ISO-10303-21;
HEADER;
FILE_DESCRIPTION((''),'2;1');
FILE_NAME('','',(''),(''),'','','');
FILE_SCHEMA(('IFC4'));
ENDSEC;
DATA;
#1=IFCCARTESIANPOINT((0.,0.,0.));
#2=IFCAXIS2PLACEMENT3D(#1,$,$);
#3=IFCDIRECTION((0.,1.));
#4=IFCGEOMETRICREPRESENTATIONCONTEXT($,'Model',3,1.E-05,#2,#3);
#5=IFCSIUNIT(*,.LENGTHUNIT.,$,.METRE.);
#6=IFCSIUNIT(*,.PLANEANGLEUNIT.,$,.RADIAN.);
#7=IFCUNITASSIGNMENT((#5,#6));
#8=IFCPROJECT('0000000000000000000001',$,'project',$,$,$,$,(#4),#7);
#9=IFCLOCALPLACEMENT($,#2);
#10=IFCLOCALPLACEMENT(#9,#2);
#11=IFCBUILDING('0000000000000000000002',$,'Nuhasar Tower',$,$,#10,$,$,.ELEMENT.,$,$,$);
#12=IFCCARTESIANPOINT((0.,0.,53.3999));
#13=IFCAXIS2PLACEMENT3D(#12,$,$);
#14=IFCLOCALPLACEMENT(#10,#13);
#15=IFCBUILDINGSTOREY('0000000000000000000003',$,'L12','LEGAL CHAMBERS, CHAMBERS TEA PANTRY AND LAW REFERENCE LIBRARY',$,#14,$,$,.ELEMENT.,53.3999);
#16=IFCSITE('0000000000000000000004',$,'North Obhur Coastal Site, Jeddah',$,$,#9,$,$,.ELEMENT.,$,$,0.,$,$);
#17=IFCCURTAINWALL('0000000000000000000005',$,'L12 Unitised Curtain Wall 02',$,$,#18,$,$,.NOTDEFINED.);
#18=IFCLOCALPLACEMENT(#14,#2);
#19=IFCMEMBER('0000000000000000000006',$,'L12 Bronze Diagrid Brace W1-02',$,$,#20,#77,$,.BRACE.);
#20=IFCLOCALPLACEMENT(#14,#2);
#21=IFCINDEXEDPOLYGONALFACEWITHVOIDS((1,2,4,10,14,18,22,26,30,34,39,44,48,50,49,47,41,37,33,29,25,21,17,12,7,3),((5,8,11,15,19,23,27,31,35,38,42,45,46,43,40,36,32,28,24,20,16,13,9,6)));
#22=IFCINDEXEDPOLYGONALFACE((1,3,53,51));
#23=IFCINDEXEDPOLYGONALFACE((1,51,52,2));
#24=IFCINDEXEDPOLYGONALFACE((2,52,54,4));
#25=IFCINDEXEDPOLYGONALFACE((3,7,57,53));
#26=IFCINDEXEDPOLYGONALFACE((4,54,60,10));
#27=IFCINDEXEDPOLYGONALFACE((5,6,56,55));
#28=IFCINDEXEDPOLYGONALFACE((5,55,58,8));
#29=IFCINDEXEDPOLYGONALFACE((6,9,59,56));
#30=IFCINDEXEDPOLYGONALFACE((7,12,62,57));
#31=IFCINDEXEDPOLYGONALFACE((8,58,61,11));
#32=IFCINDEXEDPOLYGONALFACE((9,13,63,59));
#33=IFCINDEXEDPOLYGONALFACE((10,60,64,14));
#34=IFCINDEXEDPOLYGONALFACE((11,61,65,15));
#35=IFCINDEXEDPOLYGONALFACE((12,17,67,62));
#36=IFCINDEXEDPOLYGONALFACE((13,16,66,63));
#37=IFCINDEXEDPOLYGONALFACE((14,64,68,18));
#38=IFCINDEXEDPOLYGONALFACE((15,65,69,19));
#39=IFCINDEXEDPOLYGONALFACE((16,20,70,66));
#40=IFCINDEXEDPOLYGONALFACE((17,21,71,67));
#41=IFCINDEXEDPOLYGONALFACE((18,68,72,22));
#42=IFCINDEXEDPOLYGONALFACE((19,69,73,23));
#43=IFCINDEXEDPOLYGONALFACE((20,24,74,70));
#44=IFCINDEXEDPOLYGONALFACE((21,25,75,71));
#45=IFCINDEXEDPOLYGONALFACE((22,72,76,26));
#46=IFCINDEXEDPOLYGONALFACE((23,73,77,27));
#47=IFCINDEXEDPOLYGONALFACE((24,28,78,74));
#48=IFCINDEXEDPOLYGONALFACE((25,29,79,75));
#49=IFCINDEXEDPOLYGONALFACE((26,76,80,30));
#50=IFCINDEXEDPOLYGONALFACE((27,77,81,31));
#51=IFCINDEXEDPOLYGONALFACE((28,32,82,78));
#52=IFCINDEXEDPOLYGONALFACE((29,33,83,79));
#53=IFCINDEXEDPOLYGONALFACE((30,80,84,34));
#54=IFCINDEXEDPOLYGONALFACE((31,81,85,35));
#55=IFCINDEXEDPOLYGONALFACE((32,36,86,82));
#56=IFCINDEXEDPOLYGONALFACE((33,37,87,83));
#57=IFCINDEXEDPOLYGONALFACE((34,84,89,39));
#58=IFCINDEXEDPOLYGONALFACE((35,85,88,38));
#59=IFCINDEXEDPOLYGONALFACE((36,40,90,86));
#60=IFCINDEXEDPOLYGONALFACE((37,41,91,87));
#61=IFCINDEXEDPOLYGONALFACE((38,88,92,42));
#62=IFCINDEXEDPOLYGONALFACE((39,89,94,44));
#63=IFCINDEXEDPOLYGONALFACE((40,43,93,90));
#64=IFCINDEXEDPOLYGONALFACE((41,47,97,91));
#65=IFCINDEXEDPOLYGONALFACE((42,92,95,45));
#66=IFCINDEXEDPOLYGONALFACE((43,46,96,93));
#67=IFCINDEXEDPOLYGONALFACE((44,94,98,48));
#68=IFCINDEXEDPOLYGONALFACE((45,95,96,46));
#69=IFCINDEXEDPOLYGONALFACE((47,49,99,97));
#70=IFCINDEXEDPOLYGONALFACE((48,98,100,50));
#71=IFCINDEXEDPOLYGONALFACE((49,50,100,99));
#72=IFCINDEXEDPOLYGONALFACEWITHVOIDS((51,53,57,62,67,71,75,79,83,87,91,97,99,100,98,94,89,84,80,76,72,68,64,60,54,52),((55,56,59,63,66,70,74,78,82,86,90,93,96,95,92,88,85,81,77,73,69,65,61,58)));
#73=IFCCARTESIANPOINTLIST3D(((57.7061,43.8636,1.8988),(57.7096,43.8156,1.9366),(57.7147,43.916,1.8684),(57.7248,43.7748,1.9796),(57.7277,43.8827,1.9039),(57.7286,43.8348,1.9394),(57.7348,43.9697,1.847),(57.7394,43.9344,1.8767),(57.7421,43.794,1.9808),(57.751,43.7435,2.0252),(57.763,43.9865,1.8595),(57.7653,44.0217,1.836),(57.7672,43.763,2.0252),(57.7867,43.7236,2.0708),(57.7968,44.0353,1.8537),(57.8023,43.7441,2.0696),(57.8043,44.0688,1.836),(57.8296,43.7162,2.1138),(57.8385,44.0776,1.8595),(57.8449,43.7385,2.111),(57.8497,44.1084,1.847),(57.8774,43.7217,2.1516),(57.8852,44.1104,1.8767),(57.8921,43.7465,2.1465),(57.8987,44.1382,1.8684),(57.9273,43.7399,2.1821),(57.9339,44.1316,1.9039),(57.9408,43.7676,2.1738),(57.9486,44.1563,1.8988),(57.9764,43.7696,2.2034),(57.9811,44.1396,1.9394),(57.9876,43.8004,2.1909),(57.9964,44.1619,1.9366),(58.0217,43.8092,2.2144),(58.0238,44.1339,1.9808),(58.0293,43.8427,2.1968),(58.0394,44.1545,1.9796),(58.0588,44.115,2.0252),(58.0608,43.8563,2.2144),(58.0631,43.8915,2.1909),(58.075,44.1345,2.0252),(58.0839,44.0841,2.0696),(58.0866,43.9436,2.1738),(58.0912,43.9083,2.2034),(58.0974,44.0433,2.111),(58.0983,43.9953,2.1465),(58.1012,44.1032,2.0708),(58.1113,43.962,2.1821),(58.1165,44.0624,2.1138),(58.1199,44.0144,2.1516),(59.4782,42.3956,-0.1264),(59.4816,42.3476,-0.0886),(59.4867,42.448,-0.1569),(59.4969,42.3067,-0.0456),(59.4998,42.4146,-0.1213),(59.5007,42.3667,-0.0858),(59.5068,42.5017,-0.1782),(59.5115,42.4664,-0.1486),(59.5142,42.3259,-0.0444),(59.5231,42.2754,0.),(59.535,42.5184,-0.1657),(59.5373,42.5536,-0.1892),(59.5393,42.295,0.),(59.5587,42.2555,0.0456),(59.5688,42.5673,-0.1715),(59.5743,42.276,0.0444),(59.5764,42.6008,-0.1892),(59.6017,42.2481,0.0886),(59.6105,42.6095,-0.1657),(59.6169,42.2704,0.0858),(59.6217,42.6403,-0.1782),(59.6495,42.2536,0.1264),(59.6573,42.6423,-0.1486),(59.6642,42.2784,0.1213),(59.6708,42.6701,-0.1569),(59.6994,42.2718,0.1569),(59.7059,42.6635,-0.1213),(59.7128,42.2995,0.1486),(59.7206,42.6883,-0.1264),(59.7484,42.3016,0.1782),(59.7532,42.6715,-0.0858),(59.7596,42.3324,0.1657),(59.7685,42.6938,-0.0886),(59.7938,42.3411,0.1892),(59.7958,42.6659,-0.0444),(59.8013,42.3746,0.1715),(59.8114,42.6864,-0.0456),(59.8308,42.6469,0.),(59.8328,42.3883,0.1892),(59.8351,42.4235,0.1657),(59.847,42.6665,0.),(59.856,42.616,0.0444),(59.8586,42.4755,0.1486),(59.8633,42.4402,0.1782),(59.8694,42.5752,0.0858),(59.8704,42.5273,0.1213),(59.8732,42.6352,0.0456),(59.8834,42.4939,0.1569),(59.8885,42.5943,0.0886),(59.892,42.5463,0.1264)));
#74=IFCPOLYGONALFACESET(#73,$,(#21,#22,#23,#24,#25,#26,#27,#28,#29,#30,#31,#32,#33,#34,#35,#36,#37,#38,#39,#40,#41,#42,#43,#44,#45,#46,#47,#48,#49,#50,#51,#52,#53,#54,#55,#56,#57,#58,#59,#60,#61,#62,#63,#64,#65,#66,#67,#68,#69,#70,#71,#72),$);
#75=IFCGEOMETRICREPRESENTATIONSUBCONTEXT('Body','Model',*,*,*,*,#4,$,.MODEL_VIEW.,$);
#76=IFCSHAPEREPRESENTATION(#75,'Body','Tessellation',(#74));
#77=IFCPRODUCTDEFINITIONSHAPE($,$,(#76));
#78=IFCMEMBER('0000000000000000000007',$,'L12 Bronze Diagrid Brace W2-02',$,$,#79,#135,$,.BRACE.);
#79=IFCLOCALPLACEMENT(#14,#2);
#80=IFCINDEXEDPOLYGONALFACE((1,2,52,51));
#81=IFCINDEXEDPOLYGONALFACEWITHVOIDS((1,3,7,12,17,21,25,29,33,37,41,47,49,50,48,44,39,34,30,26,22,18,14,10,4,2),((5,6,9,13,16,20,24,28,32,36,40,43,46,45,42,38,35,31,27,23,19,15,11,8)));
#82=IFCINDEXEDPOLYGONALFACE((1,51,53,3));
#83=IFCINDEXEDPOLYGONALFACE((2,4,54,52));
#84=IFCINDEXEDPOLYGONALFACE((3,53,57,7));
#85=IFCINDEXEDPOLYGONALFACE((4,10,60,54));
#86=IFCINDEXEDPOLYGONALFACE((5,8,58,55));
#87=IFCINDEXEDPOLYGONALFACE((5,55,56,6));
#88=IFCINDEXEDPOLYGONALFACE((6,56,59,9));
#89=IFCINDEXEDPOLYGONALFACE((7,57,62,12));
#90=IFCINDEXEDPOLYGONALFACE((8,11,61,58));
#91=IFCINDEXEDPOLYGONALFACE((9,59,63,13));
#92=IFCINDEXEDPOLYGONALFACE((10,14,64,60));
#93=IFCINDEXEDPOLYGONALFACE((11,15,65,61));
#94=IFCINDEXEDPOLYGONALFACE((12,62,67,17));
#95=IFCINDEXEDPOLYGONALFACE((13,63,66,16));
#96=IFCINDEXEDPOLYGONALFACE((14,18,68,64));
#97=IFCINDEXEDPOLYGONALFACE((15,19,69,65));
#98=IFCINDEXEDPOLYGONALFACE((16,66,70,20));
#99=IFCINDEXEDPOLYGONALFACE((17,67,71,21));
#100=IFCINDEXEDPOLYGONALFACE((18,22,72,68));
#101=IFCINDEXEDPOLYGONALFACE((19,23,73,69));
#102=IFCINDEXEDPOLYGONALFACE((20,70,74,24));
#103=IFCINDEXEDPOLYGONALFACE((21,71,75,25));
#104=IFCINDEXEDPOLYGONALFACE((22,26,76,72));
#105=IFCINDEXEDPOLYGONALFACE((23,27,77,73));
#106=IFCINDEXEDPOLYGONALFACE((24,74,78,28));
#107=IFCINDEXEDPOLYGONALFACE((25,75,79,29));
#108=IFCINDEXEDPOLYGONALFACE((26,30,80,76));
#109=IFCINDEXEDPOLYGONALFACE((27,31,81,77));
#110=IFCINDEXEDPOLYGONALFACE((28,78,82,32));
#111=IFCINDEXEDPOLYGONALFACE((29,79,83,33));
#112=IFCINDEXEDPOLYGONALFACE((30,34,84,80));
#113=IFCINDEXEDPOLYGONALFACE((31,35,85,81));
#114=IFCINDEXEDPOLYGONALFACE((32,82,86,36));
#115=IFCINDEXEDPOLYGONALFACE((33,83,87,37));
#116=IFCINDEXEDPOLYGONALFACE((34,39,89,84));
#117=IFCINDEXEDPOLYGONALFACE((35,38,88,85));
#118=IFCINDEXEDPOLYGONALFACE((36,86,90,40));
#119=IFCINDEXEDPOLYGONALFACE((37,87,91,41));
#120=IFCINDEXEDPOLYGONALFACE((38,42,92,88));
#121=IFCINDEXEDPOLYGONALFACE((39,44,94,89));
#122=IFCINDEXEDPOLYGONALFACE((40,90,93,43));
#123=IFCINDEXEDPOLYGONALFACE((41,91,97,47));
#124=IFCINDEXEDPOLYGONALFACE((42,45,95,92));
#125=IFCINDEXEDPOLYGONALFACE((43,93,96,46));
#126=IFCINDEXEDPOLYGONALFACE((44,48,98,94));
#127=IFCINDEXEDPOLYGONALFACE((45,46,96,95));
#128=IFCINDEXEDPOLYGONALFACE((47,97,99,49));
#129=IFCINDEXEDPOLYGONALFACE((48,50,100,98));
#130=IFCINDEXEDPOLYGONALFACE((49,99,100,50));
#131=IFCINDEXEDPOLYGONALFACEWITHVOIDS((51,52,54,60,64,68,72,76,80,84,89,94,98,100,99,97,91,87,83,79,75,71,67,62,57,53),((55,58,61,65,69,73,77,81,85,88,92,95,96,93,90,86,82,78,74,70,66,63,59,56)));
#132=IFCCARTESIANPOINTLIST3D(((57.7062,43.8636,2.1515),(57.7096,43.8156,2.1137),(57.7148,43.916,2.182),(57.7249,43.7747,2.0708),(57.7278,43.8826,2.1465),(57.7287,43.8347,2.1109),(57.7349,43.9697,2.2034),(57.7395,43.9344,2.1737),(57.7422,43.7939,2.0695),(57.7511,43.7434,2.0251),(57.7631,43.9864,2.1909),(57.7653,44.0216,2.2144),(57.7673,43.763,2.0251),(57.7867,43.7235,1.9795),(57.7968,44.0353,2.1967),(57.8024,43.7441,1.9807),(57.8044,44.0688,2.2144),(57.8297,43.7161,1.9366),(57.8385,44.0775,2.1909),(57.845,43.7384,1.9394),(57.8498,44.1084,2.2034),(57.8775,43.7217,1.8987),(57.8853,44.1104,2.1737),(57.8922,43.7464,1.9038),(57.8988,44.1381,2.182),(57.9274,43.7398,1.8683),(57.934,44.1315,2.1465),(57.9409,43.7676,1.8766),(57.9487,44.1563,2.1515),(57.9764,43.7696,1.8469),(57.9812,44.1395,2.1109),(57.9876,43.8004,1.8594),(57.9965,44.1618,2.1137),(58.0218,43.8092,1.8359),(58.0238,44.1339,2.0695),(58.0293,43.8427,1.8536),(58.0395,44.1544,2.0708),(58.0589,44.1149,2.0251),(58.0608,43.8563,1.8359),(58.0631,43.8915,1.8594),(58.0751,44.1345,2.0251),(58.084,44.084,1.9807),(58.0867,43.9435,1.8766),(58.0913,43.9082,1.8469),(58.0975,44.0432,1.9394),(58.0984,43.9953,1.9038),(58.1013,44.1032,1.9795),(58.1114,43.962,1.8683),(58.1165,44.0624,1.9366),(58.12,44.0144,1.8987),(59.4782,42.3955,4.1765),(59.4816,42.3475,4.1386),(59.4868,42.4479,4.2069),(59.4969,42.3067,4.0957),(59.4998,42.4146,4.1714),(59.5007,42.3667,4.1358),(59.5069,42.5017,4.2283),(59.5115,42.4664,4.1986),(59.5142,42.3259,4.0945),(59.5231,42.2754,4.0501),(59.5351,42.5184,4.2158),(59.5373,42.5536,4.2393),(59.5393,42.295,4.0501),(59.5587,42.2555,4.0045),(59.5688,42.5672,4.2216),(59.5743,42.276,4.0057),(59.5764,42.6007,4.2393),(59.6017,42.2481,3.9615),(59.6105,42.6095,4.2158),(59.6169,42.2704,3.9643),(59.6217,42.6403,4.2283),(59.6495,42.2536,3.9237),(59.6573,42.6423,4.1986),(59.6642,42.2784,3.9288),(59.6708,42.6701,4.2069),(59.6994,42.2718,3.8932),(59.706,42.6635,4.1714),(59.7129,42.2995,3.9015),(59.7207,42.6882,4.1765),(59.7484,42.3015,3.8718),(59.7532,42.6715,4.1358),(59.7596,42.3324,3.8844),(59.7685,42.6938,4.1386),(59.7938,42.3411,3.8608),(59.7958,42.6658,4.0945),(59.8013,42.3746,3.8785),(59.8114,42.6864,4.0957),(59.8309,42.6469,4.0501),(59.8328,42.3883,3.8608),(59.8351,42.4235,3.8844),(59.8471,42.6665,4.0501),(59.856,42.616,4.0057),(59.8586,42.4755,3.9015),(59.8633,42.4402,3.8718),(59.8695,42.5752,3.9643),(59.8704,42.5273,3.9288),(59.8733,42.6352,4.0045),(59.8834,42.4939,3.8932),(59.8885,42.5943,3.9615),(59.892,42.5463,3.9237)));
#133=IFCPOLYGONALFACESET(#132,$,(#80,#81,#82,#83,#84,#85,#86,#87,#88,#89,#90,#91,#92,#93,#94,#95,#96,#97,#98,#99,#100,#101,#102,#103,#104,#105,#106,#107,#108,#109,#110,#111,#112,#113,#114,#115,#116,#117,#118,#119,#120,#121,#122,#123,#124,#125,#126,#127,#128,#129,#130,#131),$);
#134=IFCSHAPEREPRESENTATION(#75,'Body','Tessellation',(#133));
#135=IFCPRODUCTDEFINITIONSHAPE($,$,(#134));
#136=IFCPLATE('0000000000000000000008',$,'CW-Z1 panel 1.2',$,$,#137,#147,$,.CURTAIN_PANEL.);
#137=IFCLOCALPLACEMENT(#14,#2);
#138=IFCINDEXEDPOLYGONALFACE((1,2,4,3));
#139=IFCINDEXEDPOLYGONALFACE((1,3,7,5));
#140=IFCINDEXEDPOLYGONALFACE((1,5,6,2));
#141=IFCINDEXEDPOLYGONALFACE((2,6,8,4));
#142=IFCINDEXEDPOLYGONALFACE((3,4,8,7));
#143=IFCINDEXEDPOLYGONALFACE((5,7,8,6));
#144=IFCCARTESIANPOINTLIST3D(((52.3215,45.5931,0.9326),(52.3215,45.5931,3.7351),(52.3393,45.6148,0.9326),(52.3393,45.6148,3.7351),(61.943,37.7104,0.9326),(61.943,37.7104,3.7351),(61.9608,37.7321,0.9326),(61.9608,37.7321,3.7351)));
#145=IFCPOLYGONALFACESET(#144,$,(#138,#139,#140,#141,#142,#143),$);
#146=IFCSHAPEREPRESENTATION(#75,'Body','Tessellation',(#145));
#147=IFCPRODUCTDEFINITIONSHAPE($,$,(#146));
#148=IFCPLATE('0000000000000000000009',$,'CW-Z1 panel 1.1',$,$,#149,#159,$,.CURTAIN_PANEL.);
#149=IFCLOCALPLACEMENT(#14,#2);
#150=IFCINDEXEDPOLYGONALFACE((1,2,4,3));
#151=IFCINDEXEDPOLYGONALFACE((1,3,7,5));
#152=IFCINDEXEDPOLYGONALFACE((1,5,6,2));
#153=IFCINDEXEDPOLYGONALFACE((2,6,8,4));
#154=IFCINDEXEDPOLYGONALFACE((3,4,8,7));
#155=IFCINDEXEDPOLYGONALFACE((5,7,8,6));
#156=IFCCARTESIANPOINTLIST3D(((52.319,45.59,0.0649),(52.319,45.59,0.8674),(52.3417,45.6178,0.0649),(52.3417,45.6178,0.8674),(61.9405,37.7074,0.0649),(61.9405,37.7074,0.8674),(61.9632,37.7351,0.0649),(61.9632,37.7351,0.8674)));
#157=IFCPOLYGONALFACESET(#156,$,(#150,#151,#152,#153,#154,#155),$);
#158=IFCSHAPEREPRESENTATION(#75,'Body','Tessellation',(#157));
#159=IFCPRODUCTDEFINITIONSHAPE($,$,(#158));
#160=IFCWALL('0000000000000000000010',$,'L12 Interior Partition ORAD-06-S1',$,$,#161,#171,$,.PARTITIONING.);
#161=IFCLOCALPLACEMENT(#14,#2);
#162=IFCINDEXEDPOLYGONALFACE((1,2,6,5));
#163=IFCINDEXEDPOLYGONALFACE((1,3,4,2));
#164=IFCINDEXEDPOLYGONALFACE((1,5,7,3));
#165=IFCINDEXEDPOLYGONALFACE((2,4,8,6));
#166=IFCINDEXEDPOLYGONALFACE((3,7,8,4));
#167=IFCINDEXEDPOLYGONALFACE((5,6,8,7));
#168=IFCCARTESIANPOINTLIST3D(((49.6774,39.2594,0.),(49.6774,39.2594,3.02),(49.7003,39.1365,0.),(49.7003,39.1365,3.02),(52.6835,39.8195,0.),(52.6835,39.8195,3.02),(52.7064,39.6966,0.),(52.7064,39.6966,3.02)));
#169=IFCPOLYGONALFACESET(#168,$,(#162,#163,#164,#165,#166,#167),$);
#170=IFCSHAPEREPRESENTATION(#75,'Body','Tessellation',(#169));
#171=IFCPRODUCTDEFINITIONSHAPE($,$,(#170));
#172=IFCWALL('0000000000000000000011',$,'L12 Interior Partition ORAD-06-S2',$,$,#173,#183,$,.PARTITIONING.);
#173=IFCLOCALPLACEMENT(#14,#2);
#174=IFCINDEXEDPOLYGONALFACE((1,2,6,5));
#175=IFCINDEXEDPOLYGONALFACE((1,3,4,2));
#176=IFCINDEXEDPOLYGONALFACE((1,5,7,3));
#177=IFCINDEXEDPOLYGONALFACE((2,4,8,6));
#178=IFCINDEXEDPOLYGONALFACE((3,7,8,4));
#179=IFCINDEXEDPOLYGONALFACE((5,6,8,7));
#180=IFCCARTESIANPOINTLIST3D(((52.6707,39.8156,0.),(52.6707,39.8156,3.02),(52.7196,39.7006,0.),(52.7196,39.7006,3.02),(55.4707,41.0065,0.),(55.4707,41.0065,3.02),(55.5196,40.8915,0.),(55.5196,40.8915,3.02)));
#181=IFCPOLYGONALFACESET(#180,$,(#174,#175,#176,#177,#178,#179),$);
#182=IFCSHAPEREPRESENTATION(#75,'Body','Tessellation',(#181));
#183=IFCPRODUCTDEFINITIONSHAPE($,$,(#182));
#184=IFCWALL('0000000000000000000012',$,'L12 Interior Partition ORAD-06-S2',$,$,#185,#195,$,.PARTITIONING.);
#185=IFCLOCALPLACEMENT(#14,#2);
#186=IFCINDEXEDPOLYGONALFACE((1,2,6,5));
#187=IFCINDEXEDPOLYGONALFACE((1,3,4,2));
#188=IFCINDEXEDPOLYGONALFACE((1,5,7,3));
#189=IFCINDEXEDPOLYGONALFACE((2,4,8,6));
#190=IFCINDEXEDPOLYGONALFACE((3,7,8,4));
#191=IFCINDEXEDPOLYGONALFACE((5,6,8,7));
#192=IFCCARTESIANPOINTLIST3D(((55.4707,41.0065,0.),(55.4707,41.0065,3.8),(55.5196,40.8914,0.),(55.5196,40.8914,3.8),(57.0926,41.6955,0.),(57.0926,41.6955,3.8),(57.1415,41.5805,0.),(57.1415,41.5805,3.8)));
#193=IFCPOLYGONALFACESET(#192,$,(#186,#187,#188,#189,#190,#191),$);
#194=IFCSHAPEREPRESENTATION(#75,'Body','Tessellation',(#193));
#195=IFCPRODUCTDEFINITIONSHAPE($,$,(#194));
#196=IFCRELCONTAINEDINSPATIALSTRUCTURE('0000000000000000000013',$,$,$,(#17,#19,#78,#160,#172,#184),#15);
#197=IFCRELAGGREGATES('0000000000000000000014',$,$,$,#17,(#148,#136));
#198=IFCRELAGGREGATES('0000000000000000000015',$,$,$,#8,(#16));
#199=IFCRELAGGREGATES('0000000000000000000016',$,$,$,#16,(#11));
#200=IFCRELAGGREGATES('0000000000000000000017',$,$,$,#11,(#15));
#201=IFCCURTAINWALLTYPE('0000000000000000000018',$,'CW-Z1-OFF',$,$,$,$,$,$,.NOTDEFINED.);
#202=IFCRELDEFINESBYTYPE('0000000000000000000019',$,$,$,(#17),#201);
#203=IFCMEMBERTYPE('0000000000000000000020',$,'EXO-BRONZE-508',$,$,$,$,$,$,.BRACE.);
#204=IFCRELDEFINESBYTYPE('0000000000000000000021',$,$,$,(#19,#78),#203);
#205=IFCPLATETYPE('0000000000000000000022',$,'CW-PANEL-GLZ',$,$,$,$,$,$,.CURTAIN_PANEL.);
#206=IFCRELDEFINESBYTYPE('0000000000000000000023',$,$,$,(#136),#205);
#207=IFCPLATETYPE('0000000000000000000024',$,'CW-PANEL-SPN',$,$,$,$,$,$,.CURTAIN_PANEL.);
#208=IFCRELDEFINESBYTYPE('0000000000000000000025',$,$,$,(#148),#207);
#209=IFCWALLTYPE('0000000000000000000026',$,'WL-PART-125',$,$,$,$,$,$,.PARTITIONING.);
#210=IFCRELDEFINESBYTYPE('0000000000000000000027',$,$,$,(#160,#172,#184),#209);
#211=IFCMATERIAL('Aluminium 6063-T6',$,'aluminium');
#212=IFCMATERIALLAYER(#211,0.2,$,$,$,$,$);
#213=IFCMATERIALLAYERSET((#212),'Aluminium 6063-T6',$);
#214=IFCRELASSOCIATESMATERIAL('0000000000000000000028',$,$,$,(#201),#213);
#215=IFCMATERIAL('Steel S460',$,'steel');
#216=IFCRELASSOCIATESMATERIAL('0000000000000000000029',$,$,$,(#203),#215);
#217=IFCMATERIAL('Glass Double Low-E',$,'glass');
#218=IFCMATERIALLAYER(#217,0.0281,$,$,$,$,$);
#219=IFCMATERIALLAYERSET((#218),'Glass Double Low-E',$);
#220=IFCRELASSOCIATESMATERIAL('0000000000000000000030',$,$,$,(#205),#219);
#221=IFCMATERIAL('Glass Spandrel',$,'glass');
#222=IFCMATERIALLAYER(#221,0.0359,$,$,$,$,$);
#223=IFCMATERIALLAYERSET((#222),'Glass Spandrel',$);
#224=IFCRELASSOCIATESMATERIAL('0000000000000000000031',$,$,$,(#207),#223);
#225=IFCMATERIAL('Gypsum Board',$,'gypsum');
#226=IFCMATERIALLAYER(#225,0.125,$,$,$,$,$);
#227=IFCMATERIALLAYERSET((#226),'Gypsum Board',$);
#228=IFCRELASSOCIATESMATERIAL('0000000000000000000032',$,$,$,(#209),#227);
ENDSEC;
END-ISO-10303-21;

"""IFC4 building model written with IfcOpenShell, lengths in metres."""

from ifc_helpers import new_model, si_unit, direction, frame, frame_2d, origin, origin_2d, place, context, subcontext, project, spatial, rectangle, hollow_circle, extrude, material, layer, layer_set, material_profile, profile_set, type_object, element, aggregate, save


model = new_model("IFC4")

# Units and contexts
model_context = context("Model", 3, precision=1e-05, world=origin(), true_north=direction((0.0, 1.0)))
body_context = subcontext(model_context, "Body", "Model", "MODEL_VIEW")
ifc_project = project(units=[si_unit("LENGTHUNIT", "METRE"), si_unit("PLANEANGLEUNIT", "RADIAN")], contexts=[model_context])

# Site, building, storey
site_placement = place(None, origin())
site = spatial("IfcSite", under=ifc_project, at=site_placement, Name="North Obhur Coastal Site, Jeddah", CompositionType="ELEMENT", RefElevation=0.0)
building_placement = place(site_placement, origin())
building = spatial("IfcBuilding", under=site, at=building_placement, Name="Nuhasar Tower", CompositionType="ELEMENT")
storey_placement = place(building_placement, frame((0.0, 0.0, 53.3999)))
storey = spatial("IfcBuildingStorey", under=building, at=storey_placement, Name="L12", Description="LEGAL CHAMBERS, CHAMBERS TEA PANTRY AND LAW REFERENCE LIBRARY", CompositionType="ELEMENT", Elevation=53.3999)

# Shared definitions
ifc_material_1 = material(Name="Aluminium 6063-T6", Category="aluminium")
ifc_layer_1 = layer(ifc_material_1, 0.2)
ifc_layer_set_1 = layer_set([ifc_layer_1], Name="Aluminium 6063-T6")
curtain_wall_type = type_object("IfcCurtainWallType", Name="CW-Z1-OFF", PredefinedType="NOTDEFINED", material=ifc_layer_set_1)

# Curtain wall
curtain_wall_1_placement = place(storey_placement, origin())
curtain_wall_1 = element("IfcCurtainWall", 1, at=curtain_wall_1_placement, inside=storey, type_object=curtain_wall_type, Name="L12 Unitised Curtain Wall 02", PredefinedType="NOTDEFINED")

# Members
ifc_material_2 = material(Name="Steel S460", Category="steel")
ifc_material_profile_1 = material_profile(ifc_material_2, hollow_circle(Radius=0.2539, WallThickness=0.0254, at=origin_2d()), Name="HSS508X25.4")
ifc_profile_set_1 = profile_set([ifc_material_profile_1], Name="Steel S460")
member_type_1 = type_object("IfcMemberType", Name="EXO-BRONZE-508", PredefinedType="BRACE", material=ifc_profile_set_1)
member_1_placement = place(storey_placement, frame((59.6851, 42.4709, 0.0), z_axis=(-0.578071, 0.478912, 0.660664), x_axis=(-0.637969, -0.770062, 0.0)))
element("IfcMember", 2, at=member_1_placement, inside=storey, type_object=member_type_1, Name="L12 Bronze Diagrid Brace W1-02", PredefinedType="BRACE", context=body_context, shape_type="SweptSolid", body=[
    extrude(hollow_circle(Radius=0.2539, WallThickness=0.0254, at=origin_2d()), origin(), (0.0, 0.0, 1.0), 3.0654),
])
member_2_placement = place(storey_placement, frame((57.9131, 43.939, 2.0251), z_axis=(0.578102, -0.478937, 0.660619), x_axis=(0.637969, 0.770062, 0.0)))
element("IfcMember", 3, at=member_2_placement, inside=storey, type_object=member_type_1, Name="L12 Bronze Diagrid Brace W2-02", PredefinedType="BRACE", context=body_context, shape_type="SweptSolid", body=[
    extrude(hollow_circle(Radius=0.2539, WallThickness=0.0254, at=origin_2d()), origin(), (0.0, 0.0, 1.0), 3.0652),
])

# Plates
ifc_material_3 = material(Name="Glass Double Low-E", Category="glass")
ifc_layer_2 = layer(ifc_material_3, 0.0281)
ifc_layer_set_2 = layer_set([ifc_layer_2], Name="Glass Double Low-E")
plate_type_1 = type_object("IfcPlateType", Name="CW-PANEL-GLZ", PredefinedType="CURTAIN_PANEL", material=ifc_layer_set_2)
plate_1_placement = place(storey_placement, frame((57.1411, 41.6626, 0.9326), z_axis=(0.0, 0.0, 1.0), x_axis=(-0.773542, 0.633745, 0.0)))
plate_1 = element("IfcPlate", 4, at=plate_1_placement, type_object=plate_type_1, Name="CW-Z1 panel 1.2", PredefinedType="CURTAIN_PANEL", context=body_context, shape_type="SweptSolid", body=[
    extrude(rectangle(XDim=12.4382, YDim=0.0281, at=origin_2d()), origin(), (0.0, 0.0, 1.0), 2.8025),
])
ifc_material_4 = material(Name="Glass Spandrel", Category="glass")
ifc_layer_3 = layer(ifc_material_4, 0.0359)
ifc_layer_set_3 = layer_set([ifc_layer_3], Name="Glass Spandrel")
plate_type_2 = type_object("IfcPlateType", Name="CW-PANEL-SPN", PredefinedType="CURTAIN_PANEL", material=ifc_layer_set_3)
plate_2_placement = place(storey_placement, frame((57.1411, 41.6626, 0.0649), z_axis=(0.0, 0.0, 1.0), x_axis=(-0.773542, 0.633745, 0.0)))
plate_2 = element("IfcPlate", 5, at=plate_2_placement, type_object=plate_type_2, Name="CW-Z1 panel 1.1", PredefinedType="CURTAIN_PANEL", context=body_context, shape_type="SweptSolid", body=[
    extrude(rectangle(XDim=12.4382, YDim=0.0359, at=origin_2d()), origin(), (0.0, 0.0, 1.0), 0.8025),
])
aggregate(curtain_wall_1, [plate_2, plate_1])

# Walls
ifc_material_5 = material(Name="Gypsum Board", Category="gypsum")
ifc_layer_4 = layer(ifc_material_5, 0.125)
ifc_layer_set_4 = layer_set([ifc_layer_4], Name="Gypsum Board")
wall_type = type_object("IfcWallType", Name="WL-PART-125", PredefinedType="PARTITIONING", material=ifc_layer_set_4)
wall_1_placement = place(storey_placement, frame((49.689, 39.198, 0.0), z_axis=(0.0, 0.0, 1.0), x_axis=(0.983084, 0.183156, 0.0)))
element("IfcWall", 6, at=wall_1_placement, inside=storey, type_object=wall_type, Name="L12 Interior Partition ORAD-06-S1", PredefinedType="PARTITIONING", context=body_context, shape_type="SweptSolid", body=[
    extrude(rectangle(XDim=3.0579, YDim=0.125, at=frame_2d((1.5288, 0.0))), origin(), (0.0, 0.0, 1.0), 3.02),
])
wall_2_placement = place(storey_placement, frame((52.6951, 39.7581, 0.0), z_axis=(0.0, 0.0, 1.0), x_axis=(0.920225, 0.39139, 0.0)))
element("IfcWall", 7, at=wall_2_placement, inside=storey, type_object=wall_type, Name="L12 Interior Partition ORAD-06-S2", PredefinedType="PARTITIONING", context=body_context, shape_type="SweptSolid", body=[
    extrude(rectangle(XDim=3.0427, YDim=0.125, at=frame_2d((1.5215, 0.0))), origin(), (0.0, 0.0, 1.0), 3.02),
])
wall_3_placement = place(storey_placement, frame((55.4951, 40.949, 0.0), z_axis=(0.0, 0.0, 1.0), x_axis=(0.920394, 0.390991, 0.0)))
element("IfcWall", 8, at=wall_3_placement, inside=storey, type_object=wall_type, Name="L12 Interior Partition ORAD-06-S2", PredefinedType="PARTITIONING", context=body_context, shape_type="SweptSolid", body=[
    extrude(rectangle(XDim=1.7622, YDim=0.125, at=frame_2d((0.8811, 0.0))), origin(), (0.0, 0.0, 1.0), 3.8),
])

save(model, "model.ifc")
